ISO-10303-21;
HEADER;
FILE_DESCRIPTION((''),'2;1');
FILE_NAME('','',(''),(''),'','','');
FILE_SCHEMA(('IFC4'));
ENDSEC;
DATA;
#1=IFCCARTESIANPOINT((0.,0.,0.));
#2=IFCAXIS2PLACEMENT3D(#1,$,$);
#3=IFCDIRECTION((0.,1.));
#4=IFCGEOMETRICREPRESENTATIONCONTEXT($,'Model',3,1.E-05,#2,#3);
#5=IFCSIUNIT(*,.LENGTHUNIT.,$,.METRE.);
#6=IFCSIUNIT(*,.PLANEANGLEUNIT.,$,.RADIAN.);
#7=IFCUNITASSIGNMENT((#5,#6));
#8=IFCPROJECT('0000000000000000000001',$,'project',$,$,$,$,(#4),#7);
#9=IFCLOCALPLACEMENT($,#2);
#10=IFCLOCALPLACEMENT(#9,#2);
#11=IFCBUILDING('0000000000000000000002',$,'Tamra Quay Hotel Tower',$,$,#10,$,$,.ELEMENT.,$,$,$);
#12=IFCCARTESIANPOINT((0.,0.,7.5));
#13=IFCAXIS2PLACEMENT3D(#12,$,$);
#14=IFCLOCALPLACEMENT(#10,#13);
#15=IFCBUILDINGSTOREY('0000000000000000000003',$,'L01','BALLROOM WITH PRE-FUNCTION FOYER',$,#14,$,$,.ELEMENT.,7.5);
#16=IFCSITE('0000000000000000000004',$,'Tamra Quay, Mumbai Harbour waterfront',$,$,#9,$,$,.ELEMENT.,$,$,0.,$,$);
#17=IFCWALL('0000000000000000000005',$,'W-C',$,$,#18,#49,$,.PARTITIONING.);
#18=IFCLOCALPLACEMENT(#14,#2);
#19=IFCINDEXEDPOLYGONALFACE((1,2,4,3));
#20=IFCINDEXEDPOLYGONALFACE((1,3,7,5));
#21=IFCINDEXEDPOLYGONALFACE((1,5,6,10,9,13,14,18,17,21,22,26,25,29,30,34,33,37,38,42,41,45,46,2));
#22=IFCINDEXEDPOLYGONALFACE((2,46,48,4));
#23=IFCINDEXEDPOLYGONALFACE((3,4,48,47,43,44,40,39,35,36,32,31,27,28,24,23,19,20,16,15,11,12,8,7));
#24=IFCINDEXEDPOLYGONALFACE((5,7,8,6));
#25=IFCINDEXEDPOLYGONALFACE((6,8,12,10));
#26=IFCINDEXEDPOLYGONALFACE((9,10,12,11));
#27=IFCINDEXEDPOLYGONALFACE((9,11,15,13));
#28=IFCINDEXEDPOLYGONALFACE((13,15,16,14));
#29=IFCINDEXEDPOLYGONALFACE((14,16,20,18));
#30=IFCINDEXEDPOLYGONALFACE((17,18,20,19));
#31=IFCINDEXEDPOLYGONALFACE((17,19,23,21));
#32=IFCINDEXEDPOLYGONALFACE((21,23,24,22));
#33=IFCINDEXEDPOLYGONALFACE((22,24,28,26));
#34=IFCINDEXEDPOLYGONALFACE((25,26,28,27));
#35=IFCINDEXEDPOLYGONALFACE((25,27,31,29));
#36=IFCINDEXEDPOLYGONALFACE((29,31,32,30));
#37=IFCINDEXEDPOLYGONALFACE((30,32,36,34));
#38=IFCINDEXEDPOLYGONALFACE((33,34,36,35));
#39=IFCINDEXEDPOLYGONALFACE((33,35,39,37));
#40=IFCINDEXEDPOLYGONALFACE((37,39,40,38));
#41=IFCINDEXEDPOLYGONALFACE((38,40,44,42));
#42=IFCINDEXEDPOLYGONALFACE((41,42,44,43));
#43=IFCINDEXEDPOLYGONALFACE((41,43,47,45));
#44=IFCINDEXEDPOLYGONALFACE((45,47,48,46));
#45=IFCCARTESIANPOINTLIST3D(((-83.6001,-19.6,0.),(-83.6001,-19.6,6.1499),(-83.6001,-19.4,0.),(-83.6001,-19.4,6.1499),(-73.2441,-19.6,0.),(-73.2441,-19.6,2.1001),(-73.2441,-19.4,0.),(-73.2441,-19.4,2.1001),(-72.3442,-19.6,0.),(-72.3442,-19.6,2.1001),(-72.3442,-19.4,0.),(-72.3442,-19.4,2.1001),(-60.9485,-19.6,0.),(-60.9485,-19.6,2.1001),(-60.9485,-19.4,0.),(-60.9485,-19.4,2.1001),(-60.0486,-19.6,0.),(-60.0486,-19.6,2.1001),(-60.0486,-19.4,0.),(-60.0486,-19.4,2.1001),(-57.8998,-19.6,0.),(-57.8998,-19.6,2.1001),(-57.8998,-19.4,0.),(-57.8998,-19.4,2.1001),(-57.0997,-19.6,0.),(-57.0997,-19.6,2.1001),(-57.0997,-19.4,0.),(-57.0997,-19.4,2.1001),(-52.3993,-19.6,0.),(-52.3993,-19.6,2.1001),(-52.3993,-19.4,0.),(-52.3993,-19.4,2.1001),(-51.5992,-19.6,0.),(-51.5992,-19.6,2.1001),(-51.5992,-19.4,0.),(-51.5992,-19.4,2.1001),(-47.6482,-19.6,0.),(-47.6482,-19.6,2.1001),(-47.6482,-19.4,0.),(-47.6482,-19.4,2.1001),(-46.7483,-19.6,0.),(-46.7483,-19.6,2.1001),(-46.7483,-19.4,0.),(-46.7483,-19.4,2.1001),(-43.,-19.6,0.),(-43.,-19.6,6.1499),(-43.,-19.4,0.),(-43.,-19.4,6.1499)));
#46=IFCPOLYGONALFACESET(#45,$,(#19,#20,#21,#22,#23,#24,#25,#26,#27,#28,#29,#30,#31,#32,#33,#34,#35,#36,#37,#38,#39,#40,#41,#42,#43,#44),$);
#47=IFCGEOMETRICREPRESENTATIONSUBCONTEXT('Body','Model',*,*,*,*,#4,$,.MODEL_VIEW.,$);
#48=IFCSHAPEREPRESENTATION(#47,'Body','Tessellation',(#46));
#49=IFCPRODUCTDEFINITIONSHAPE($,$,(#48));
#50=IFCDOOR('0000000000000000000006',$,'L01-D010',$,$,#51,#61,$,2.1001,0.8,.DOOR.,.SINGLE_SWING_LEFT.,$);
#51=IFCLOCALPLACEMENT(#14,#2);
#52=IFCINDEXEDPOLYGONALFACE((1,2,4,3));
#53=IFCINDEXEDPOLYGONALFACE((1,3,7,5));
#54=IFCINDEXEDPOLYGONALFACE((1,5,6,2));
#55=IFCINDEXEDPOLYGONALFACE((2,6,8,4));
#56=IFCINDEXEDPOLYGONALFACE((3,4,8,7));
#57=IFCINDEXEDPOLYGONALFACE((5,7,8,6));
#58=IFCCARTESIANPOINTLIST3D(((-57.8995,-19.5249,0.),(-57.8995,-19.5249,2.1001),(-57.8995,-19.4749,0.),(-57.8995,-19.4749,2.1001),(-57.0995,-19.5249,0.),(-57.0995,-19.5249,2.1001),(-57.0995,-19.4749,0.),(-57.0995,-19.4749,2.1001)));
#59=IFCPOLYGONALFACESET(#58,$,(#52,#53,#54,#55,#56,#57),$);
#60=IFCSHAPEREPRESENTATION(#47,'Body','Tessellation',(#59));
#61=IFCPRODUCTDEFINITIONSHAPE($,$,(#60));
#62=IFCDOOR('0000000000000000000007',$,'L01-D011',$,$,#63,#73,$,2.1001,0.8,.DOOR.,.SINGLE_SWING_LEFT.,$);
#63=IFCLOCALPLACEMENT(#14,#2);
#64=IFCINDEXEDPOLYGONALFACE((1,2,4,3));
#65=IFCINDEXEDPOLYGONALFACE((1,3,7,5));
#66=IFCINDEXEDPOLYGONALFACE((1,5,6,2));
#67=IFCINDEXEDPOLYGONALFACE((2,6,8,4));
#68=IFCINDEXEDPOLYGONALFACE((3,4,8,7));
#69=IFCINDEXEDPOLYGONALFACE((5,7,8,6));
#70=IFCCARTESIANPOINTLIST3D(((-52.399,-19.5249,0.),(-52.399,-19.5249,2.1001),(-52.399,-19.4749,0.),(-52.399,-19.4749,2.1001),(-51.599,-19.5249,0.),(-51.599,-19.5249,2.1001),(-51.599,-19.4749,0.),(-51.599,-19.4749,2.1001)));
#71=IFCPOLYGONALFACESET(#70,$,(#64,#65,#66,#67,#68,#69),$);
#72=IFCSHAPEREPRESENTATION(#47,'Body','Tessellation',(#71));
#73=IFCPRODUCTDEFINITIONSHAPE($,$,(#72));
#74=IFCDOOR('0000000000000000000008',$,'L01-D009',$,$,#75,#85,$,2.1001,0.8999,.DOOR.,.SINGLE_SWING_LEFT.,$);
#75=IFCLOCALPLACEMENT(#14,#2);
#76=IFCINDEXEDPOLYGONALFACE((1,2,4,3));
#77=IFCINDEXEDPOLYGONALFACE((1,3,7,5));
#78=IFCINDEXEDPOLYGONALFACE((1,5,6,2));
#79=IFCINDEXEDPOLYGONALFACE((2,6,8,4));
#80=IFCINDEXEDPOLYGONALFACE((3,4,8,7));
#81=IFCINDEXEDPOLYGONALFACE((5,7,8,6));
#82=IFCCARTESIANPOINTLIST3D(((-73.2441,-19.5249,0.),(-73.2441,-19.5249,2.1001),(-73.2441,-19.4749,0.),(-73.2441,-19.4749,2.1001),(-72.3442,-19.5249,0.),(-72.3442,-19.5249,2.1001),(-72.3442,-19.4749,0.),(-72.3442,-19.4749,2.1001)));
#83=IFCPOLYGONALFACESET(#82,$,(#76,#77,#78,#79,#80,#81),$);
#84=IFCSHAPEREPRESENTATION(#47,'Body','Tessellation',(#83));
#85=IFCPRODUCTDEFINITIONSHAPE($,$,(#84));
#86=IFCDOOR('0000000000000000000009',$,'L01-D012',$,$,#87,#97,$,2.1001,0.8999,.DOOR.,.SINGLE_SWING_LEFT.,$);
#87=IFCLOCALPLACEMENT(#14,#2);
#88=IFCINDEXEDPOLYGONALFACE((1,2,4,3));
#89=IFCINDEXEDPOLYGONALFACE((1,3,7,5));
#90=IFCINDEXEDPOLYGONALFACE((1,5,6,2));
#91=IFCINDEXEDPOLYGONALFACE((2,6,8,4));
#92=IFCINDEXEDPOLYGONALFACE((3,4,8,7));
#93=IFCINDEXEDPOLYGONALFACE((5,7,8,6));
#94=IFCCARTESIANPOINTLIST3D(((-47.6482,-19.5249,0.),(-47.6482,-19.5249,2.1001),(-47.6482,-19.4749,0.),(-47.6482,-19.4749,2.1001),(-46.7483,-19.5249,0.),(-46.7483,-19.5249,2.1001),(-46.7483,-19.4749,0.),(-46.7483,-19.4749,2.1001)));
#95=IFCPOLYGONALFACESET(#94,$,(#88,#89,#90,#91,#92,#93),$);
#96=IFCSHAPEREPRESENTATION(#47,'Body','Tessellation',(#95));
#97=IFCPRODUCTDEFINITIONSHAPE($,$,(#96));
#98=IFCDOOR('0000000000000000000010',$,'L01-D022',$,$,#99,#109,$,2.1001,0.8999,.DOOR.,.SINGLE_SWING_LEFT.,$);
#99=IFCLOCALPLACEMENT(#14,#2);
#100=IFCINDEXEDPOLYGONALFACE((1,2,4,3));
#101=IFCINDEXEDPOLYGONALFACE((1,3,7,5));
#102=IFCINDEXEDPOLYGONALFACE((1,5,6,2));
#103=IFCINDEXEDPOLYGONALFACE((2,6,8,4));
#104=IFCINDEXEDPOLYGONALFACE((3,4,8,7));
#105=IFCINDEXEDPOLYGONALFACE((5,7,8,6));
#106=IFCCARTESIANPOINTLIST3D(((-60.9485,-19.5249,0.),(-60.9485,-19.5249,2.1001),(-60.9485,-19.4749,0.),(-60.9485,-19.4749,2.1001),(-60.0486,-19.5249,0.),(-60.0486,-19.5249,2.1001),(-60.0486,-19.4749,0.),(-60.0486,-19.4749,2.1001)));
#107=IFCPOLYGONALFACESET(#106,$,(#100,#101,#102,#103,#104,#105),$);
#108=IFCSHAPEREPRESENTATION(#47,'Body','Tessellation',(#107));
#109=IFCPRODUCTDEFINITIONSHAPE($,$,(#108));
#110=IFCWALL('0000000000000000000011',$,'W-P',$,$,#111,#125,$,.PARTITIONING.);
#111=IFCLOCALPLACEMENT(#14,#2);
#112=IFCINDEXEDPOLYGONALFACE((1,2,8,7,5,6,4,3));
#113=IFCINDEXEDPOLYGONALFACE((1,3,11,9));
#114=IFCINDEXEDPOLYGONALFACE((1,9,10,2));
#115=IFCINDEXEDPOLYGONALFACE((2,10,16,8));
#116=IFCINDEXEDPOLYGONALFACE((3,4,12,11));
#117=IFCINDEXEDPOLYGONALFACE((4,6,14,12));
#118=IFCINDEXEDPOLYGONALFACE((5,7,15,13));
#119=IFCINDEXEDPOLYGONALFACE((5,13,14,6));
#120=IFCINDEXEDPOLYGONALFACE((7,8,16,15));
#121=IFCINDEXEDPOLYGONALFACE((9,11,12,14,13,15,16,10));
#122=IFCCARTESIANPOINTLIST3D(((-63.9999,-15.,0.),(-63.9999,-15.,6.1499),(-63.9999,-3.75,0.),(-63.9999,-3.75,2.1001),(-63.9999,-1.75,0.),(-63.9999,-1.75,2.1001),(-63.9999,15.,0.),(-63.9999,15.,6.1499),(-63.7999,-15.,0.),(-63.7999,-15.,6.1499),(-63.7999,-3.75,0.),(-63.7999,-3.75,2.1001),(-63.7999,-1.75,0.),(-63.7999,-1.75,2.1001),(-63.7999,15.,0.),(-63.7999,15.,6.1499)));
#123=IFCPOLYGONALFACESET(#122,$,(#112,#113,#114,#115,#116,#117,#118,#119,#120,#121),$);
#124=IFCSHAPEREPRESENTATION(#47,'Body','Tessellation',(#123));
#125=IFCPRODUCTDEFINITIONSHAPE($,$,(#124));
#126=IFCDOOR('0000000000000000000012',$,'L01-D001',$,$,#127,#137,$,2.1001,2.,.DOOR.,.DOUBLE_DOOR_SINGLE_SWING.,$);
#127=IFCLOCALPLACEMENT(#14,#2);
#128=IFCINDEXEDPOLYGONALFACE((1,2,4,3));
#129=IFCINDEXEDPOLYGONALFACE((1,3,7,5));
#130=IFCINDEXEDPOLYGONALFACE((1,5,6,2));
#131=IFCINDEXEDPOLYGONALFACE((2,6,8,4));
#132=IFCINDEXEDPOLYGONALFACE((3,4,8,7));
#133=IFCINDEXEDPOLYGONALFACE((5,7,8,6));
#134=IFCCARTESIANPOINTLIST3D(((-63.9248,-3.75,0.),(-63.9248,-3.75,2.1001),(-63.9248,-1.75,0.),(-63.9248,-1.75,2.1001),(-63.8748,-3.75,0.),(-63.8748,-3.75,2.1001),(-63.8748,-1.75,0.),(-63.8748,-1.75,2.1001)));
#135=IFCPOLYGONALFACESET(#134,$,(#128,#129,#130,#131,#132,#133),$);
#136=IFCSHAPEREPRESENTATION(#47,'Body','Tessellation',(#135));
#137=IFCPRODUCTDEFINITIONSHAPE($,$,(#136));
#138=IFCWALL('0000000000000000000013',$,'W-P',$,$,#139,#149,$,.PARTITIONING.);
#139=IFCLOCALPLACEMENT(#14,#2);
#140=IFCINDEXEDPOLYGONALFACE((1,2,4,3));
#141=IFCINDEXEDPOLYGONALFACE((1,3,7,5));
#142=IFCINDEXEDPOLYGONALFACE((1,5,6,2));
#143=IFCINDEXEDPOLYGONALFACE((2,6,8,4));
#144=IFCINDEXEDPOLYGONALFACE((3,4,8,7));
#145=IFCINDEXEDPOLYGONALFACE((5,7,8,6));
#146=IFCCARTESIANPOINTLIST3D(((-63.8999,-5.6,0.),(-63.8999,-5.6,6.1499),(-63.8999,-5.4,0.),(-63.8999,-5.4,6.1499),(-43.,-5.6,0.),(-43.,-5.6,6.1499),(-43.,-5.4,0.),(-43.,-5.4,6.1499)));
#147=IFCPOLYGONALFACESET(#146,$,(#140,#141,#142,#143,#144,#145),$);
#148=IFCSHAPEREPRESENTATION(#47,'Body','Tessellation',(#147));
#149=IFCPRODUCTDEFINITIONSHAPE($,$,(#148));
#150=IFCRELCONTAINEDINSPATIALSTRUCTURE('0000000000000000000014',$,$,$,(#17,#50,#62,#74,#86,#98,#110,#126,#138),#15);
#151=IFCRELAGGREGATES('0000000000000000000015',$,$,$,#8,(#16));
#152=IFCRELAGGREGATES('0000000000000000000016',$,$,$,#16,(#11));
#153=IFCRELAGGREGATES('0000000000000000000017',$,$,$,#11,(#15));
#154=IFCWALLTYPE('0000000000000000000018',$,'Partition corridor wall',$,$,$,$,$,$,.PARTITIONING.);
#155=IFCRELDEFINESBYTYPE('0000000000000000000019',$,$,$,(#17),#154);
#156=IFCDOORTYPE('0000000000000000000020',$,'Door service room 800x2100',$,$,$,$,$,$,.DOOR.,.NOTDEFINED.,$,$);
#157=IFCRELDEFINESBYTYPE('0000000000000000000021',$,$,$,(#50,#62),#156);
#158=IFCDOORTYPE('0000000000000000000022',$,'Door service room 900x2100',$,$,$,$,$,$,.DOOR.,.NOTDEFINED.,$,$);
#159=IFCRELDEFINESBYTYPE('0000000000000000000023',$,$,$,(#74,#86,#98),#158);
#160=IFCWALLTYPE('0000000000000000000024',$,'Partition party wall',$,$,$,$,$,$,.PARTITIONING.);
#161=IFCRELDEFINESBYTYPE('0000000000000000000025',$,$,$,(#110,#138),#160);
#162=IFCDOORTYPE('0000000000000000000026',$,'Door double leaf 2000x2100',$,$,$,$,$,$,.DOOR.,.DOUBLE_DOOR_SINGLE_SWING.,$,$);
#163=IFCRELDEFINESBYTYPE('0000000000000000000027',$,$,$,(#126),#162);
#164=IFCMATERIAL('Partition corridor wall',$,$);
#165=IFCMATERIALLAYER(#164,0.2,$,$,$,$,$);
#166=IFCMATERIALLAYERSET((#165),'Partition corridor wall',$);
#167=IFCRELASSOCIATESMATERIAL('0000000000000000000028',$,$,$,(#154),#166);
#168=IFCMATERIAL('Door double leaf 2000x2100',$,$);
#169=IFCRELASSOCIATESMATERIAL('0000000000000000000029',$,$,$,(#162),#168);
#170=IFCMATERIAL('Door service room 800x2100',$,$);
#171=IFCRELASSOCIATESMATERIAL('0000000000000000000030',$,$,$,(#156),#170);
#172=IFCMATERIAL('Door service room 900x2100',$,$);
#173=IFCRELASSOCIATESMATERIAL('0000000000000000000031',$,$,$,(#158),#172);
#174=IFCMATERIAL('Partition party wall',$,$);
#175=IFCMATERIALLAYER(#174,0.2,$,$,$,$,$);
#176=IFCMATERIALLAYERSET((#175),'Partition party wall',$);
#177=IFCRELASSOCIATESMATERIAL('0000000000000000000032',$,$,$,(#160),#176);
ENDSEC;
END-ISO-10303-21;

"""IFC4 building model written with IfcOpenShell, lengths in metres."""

from ifc_helpers import new_model, si_unit, direction, frame, frame_2d, origin, place, context, subcontext, project, spatial, rectangle, extrude, material, layer, layer_set, type_object, element, fill, save


model = new_model("IFC4")

# Units and contexts
model_context = context("Model", 3, precision=1e-05, world=origin(), true_north=direction((0.0, 1.0)))
body_context = subcontext(model_context, "Body", "Model", "MODEL_VIEW")
ifc_project = project(units=[si_unit("LENGTHUNIT", "METRE"), si_unit("PLANEANGLEUNIT", "RADIAN")], contexts=[model_context])

# Site, building, storey
site_placement = place(None, origin())
site = spatial("IfcSite", under=ifc_project, at=site_placement, Name="Tamra Quay, Mumbai Harbour waterfront", CompositionType="ELEMENT", RefElevation=0.0)
building_placement = place(site_placement, origin())
building = spatial("IfcBuilding", under=site, at=building_placement, Name="Tamra Quay Hotel Tower", CompositionType="ELEMENT")
storey_placement = place(building_placement, frame((0.0, 0.0, 7.5)))
storey = spatial("IfcBuildingStorey", under=building, at=storey_placement, Name="L01", Description="BALLROOM WITH PRE-FUNCTION FOYER", CompositionType="ELEMENT", Elevation=7.5)

# Shared definitions
ifc_material_1 = material(Name="Partition corridor wall")
ifc_layer_1 = layer(ifc_material_1, 0.2)
ifc_layer_set_1 = layer_set([ifc_layer_1], Name="Partition corridor wall")
wall_type_1 = type_object("IfcWallType", Name="Partition corridor wall", PredefinedType="PARTITIONING", material=ifc_layer_set_1)
ifc_material_2 = material(Name="Door double leaf 2000x2100")
door_type_1 = type_object("IfcDoorType", Name="Door double leaf 2000x2100", OperationType="DOUBLE_DOOR_SINGLE_SWING", PredefinedType="DOOR", material=ifc_material_2)

# Wall, openings, doors
wall_1_placement = place(storey_placement, frame((-83.6001, -19.5, 0.0), z_axis=(0.0, 0.0, 1.0), x_axis=(1.0, 0.0, 0.0)))
wall_1 = element("IfcWall", 1, at=wall_1_placement, inside=storey, type_object=wall_type_1, Name="W-C", PredefinedType="PARTITIONING", context=body_context, shape_type="SweptSolid", body=[
    extrude(rectangle(XDim=40.6001, YDim=0.2, at=frame_2d((20.3, 0.0))), origin(), (0.0, 0.0, 1.0), 6.1499),
])
opening_1_placement = place(wall_1_placement, frame((10.356, 0.0, 0.0)))
opening_1 = element("IfcOpeningElement", 2, at=opening_1_placement, cuts=wall_1, PredefinedType="OPENING", context=body_context, shape_type="SweptSolid", body=[
    extrude(rectangle(XDim=0.8999, YDim=2.1001, at=frame_2d((0.45, 1.05))), frame((0.0, 0.1099, 0.0), z_axis=(0.0, -1.0, 0.0), x_axis=(1.0, 0.0, 0.0)), (0.0, 0.0, 1.0), 0.22),
])
opening_2_placement = place(wall_1_placement, frame((25.7004, 0.0, 0.0)))
opening_2 = element("IfcOpeningElement", 3, at=opening_2_placement, cuts=wall_1, PredefinedType="OPENING", context=body_context, shape_type="SweptSolid", body=[
    extrude(rectangle(XDim=0.8, YDim=2.1001, at=frame_2d((0.3999, 1.05))), frame((0.0, 0.1099, 0.0), z_axis=(0.0, -1.0, 0.0), x_axis=(1.0, 0.0, 0.0)), (0.0, 0.0, 1.0), 0.22),
])
opening_3_placement = place(wall_1_placement, frame((31.2009, 0.0, 0.0)))
opening_3 = element("IfcOpeningElement", 4, at=opening_3_placement, cuts=wall_1, PredefinedType="OPENING", context=body_context, shape_type="SweptSolid", body=[
    extrude(rectangle(XDim=0.8, YDim=2.1001, at=frame_2d((0.3999, 1.05))), frame((0.0, 0.1099, 0.0), z_axis=(0.0, -1.0, 0.0), x_axis=(1.0, 0.0, 0.0)), (0.0, 0.0, 1.0), 0.22),
])
opening_4_placement = place(wall_1_placement, frame((35.9519, 0.0, 0.0)))
opening_4 = element("IfcOpeningElement", 5, at=opening_4_placement, cuts=wall_1, PredefinedType="OPENING", context=body_context, shape_type="SweptSolid", body=[
    extrude(rectangle(XDim=0.8999, YDim=2.1001, at=frame_2d((0.45, 1.05))), frame((0.0, 0.1099, 0.0), z_axis=(0.0, -1.0, 0.0), x_axis=(1.0, 0.0, 0.0)), (0.0, 0.0, 1.0), 0.22),
])
opening_5_placement = place(wall_1_placement, frame((22.6516, 0.0, 0.0)))
opening_5 = element("IfcOpeningElement", 6, at=opening_5_placement, cuts=wall_1, PredefinedType="OPENING", context=body_context, shape_type="SweptSolid", body=[
    extrude(rectangle(XDim=0.8999, YDim=2.1001, at=frame_2d((0.45, 1.05))), frame((0.0, 0.1099, 0.0), z_axis=(0.0, -1.0, 0.0), x_axis=(1.0, 0.0, 0.0)), (0.0, 0.0, 1.0), 0.22),
])
ifc_material_3 = material(Name="Door service room 800x2100")
door_type_2 = type_object("IfcDoorType", Name="Door service room 800x2100", OperationType="NOTDEFINED", PredefinedType="DOOR", material=ifc_material_3)
door_1_placement = place(opening_2_placement, frame((0.8, 0.0, 0.0), z_axis=(0.0, 0.0, 1.0), x_axis=(-1.0, 0.0, 0.0)))
door_1 = element("IfcDoor", 7, at=door_1_placement, inside=storey, type_object=door_type_2, Name="L01-D010", OperationType="SINGLE_SWING_LEFT", OverallHeight=2.1001, OverallWidth=0.8, PredefinedType="DOOR", context=body_context, shape_type="SweptSolid", body=[
    extrude(rectangle(XDim=0.8, YDim=2.1001, at=frame_2d((0.3999, 1.05))), frame((0.0, 0.0249, 0.0), z_axis=(0.0, -1.0, 0.0), x_axis=(1.0, 0.0, 0.0)), (0.0, 0.0, 1.0), 0.05),
])
fill(opening_2, door_1)
door_2_placement = place(opening_3_placement, frame((0.8, 0.0, 0.0), z_axis=(0.0, 0.0, 1.0), x_axis=(-1.0, 0.0, 0.0)))
door_2 = element("IfcDoor", 8, at=door_2_placement, inside=storey, type_object=door_type_2, Name="L01-D011", OperationType="SINGLE_SWING_LEFT", OverallHeight=2.1001, OverallWidth=0.8, PredefinedType="DOOR", context=body_context, shape_type="SweptSolid", body=[
    extrude(rectangle(XDim=0.8, YDim=2.1001, at=frame_2d((0.3999, 1.05))), frame((0.0, 0.0249, 0.0), z_axis=(0.0, -1.0, 0.0), x_axis=(1.0, 0.0, 0.0)), (0.0, 0.0, 1.0), 0.05),
])
fill(opening_3, door_2)
ifc_material_4 = material(Name="Door service room 900x2100")
door_type_3 = type_object("IfcDoorType", Name="Door service room 900x2100", OperationType="NOTDEFINED", PredefinedType="DOOR", material=ifc_material_4)
door_3_placement = place(opening_1_placement, frame((0.8999, 0.0, 0.0), z_axis=(0.0, 0.0, 1.0), x_axis=(-1.0, 0.0, 0.0)))
door_3 = element("IfcDoor", 9, at=door_3_placement, inside=storey, type_object=door_type_3, Name="L01-D009", OperationType="SINGLE_SWING_LEFT", OverallHeight=2.1001, OverallWidth=0.8999, PredefinedType="DOOR", context=body_context, shape_type="SweptSolid", body=[
    extrude(rectangle(XDim=0.8999, YDim=2.1001, at=frame_2d((0.45, 1.05))), frame((0.0, 0.0249, 0.0), z_axis=(0.0, -1.0, 0.0), x_axis=(1.0, 0.0, 0.0)), (0.0, 0.0, 1.0), 0.05),
])
fill(opening_1, door_3)
door_4_placement = place(opening_4_placement, frame((0.8999, 0.0, 0.0), z_axis=(0.0, 0.0, 1.0), x_axis=(-1.0, 0.0, 0.0)))
door_4 = element("IfcDoor", 10, at=door_4_placement, inside=storey, type_object=door_type_3, Name="L01-D012", OperationType="SINGLE_SWING_LEFT", OverallHeight=2.1001, OverallWidth=0.8999, PredefinedType="DOOR", context=body_context, shape_type="SweptSolid", body=[
    extrude(rectangle(XDim=0.8999, YDim=2.1001, at=frame_2d((0.45, 1.05))), frame((0.0, 0.0249, 0.0), z_axis=(0.0, -1.0, 0.0), x_axis=(1.0, 0.0, 0.0)), (0.0, 0.0, 1.0), 0.05),
])
fill(opening_4, door_4)
door_5_placement = place(opening_5_placement, frame((0.8999, 0.0, 0.0), z_axis=(0.0, 0.0, 1.0), x_axis=(-1.0, 0.0, 0.0)))
door_5 = element("IfcDoor", 11, at=door_5_placement, inside=storey, type_object=door_type_3, Name="L01-D022", OperationType="SINGLE_SWING_LEFT", OverallHeight=2.1001, OverallWidth=0.8999, PredefinedType="DOOR", context=body_context, shape_type="SweptSolid", body=[
    extrude(rectangle(XDim=0.8999, YDim=2.1001, at=frame_2d((0.45, 1.05))), frame((0.0, 0.0249, 0.0), z_axis=(0.0, -1.0, 0.0), x_axis=(1.0, 0.0, 0.0)), (0.0, 0.0, 1.0), 0.05),
])
fill(opening_5, door_5)

# Wall, opening, door
ifc_material_5 = material(Name="Partition party wall")
ifc_layer_2 = layer(ifc_material_5, 0.2)
ifc_layer_set_2 = layer_set([ifc_layer_2], Name="Partition party wall")
wall_type_2 = type_object("IfcWallType", Name="Partition party wall", PredefinedType="PARTITIONING", material=ifc_layer_set_2)
wall_2_placement = place(storey_placement, frame((-63.8999, -15.0, 0.0), z_axis=(0.0, 0.0, 1.0), x_axis=(0.0, 1.0, 0.0)))
wall_2 = element("IfcWall", 12, at=wall_2_placement, inside=storey, type_object=wall_type_2, Name="W-P", PredefinedType="PARTITIONING", context=body_context, shape_type="SweptSolid", body=[
    extrude(rectangle(XDim=30.0, YDim=0.2, at=frame_2d((15.0, 0.0))), origin(), (0.0, 0.0, 1.0), 6.1499),
])
opening_6_placement = place(wall_2_placement, frame((11.25, 0.0, 0.0)))
opening_6 = element("IfcOpeningElement", 13, at=opening_6_placement, cuts=wall_2, PredefinedType="OPENING", context=body_context, shape_type="SweptSolid", body=[
    extrude(rectangle(XDim=2.0, YDim=2.1001, at=frame_2d((1.0, 1.05))), frame((0.0, 0.1099, 0.0), z_axis=(0.0, -1.0, 0.0), x_axis=(1.0, 0.0, 0.0)), (0.0, 0.0, 1.0), 0.22),
])
door_6_placement = place(opening_6_placement, origin())
door_6 = element("IfcDoor", 14, at=door_6_placement, inside=storey, type_object=door_type_1, Name="L01-D001", OperationType="DOUBLE_DOOR_SINGLE_SWING", OverallHeight=2.1001, OverallWidth=2.0, PredefinedType="DOOR", context=body_context, shape_type="SweptSolid", body=[
    extrude(rectangle(XDim=2.0, YDim=2.1001, at=frame_2d((1.0, 1.05))), frame((0.0, 0.0249, 0.0), z_axis=(0.0, -1.0, 0.0), x_axis=(1.0, 0.0, 0.0)), (0.0, 0.0, 1.0), 0.05),
])
fill(opening_6, door_6)

# Wall
wall_3_placement = place(storey_placement, frame((-63.8999, -5.5, 0.0), z_axis=(0.0, 0.0, 1.0), x_axis=(1.0, 0.0, 0.0)))
element("IfcWall", 15, at=wall_3_placement, inside=storey, type_object=wall_type_2, Name="W-P", PredefinedType="PARTITIONING", context=body_context, shape_type="SweptSolid", body=[
    extrude(rectangle(XDim=20.8999, YDim=0.2, at=frame_2d((10.45, 0.0))), origin(), (0.0, 0.0, 1.0), 6.1499),
])

save(model, "model.ifc")
